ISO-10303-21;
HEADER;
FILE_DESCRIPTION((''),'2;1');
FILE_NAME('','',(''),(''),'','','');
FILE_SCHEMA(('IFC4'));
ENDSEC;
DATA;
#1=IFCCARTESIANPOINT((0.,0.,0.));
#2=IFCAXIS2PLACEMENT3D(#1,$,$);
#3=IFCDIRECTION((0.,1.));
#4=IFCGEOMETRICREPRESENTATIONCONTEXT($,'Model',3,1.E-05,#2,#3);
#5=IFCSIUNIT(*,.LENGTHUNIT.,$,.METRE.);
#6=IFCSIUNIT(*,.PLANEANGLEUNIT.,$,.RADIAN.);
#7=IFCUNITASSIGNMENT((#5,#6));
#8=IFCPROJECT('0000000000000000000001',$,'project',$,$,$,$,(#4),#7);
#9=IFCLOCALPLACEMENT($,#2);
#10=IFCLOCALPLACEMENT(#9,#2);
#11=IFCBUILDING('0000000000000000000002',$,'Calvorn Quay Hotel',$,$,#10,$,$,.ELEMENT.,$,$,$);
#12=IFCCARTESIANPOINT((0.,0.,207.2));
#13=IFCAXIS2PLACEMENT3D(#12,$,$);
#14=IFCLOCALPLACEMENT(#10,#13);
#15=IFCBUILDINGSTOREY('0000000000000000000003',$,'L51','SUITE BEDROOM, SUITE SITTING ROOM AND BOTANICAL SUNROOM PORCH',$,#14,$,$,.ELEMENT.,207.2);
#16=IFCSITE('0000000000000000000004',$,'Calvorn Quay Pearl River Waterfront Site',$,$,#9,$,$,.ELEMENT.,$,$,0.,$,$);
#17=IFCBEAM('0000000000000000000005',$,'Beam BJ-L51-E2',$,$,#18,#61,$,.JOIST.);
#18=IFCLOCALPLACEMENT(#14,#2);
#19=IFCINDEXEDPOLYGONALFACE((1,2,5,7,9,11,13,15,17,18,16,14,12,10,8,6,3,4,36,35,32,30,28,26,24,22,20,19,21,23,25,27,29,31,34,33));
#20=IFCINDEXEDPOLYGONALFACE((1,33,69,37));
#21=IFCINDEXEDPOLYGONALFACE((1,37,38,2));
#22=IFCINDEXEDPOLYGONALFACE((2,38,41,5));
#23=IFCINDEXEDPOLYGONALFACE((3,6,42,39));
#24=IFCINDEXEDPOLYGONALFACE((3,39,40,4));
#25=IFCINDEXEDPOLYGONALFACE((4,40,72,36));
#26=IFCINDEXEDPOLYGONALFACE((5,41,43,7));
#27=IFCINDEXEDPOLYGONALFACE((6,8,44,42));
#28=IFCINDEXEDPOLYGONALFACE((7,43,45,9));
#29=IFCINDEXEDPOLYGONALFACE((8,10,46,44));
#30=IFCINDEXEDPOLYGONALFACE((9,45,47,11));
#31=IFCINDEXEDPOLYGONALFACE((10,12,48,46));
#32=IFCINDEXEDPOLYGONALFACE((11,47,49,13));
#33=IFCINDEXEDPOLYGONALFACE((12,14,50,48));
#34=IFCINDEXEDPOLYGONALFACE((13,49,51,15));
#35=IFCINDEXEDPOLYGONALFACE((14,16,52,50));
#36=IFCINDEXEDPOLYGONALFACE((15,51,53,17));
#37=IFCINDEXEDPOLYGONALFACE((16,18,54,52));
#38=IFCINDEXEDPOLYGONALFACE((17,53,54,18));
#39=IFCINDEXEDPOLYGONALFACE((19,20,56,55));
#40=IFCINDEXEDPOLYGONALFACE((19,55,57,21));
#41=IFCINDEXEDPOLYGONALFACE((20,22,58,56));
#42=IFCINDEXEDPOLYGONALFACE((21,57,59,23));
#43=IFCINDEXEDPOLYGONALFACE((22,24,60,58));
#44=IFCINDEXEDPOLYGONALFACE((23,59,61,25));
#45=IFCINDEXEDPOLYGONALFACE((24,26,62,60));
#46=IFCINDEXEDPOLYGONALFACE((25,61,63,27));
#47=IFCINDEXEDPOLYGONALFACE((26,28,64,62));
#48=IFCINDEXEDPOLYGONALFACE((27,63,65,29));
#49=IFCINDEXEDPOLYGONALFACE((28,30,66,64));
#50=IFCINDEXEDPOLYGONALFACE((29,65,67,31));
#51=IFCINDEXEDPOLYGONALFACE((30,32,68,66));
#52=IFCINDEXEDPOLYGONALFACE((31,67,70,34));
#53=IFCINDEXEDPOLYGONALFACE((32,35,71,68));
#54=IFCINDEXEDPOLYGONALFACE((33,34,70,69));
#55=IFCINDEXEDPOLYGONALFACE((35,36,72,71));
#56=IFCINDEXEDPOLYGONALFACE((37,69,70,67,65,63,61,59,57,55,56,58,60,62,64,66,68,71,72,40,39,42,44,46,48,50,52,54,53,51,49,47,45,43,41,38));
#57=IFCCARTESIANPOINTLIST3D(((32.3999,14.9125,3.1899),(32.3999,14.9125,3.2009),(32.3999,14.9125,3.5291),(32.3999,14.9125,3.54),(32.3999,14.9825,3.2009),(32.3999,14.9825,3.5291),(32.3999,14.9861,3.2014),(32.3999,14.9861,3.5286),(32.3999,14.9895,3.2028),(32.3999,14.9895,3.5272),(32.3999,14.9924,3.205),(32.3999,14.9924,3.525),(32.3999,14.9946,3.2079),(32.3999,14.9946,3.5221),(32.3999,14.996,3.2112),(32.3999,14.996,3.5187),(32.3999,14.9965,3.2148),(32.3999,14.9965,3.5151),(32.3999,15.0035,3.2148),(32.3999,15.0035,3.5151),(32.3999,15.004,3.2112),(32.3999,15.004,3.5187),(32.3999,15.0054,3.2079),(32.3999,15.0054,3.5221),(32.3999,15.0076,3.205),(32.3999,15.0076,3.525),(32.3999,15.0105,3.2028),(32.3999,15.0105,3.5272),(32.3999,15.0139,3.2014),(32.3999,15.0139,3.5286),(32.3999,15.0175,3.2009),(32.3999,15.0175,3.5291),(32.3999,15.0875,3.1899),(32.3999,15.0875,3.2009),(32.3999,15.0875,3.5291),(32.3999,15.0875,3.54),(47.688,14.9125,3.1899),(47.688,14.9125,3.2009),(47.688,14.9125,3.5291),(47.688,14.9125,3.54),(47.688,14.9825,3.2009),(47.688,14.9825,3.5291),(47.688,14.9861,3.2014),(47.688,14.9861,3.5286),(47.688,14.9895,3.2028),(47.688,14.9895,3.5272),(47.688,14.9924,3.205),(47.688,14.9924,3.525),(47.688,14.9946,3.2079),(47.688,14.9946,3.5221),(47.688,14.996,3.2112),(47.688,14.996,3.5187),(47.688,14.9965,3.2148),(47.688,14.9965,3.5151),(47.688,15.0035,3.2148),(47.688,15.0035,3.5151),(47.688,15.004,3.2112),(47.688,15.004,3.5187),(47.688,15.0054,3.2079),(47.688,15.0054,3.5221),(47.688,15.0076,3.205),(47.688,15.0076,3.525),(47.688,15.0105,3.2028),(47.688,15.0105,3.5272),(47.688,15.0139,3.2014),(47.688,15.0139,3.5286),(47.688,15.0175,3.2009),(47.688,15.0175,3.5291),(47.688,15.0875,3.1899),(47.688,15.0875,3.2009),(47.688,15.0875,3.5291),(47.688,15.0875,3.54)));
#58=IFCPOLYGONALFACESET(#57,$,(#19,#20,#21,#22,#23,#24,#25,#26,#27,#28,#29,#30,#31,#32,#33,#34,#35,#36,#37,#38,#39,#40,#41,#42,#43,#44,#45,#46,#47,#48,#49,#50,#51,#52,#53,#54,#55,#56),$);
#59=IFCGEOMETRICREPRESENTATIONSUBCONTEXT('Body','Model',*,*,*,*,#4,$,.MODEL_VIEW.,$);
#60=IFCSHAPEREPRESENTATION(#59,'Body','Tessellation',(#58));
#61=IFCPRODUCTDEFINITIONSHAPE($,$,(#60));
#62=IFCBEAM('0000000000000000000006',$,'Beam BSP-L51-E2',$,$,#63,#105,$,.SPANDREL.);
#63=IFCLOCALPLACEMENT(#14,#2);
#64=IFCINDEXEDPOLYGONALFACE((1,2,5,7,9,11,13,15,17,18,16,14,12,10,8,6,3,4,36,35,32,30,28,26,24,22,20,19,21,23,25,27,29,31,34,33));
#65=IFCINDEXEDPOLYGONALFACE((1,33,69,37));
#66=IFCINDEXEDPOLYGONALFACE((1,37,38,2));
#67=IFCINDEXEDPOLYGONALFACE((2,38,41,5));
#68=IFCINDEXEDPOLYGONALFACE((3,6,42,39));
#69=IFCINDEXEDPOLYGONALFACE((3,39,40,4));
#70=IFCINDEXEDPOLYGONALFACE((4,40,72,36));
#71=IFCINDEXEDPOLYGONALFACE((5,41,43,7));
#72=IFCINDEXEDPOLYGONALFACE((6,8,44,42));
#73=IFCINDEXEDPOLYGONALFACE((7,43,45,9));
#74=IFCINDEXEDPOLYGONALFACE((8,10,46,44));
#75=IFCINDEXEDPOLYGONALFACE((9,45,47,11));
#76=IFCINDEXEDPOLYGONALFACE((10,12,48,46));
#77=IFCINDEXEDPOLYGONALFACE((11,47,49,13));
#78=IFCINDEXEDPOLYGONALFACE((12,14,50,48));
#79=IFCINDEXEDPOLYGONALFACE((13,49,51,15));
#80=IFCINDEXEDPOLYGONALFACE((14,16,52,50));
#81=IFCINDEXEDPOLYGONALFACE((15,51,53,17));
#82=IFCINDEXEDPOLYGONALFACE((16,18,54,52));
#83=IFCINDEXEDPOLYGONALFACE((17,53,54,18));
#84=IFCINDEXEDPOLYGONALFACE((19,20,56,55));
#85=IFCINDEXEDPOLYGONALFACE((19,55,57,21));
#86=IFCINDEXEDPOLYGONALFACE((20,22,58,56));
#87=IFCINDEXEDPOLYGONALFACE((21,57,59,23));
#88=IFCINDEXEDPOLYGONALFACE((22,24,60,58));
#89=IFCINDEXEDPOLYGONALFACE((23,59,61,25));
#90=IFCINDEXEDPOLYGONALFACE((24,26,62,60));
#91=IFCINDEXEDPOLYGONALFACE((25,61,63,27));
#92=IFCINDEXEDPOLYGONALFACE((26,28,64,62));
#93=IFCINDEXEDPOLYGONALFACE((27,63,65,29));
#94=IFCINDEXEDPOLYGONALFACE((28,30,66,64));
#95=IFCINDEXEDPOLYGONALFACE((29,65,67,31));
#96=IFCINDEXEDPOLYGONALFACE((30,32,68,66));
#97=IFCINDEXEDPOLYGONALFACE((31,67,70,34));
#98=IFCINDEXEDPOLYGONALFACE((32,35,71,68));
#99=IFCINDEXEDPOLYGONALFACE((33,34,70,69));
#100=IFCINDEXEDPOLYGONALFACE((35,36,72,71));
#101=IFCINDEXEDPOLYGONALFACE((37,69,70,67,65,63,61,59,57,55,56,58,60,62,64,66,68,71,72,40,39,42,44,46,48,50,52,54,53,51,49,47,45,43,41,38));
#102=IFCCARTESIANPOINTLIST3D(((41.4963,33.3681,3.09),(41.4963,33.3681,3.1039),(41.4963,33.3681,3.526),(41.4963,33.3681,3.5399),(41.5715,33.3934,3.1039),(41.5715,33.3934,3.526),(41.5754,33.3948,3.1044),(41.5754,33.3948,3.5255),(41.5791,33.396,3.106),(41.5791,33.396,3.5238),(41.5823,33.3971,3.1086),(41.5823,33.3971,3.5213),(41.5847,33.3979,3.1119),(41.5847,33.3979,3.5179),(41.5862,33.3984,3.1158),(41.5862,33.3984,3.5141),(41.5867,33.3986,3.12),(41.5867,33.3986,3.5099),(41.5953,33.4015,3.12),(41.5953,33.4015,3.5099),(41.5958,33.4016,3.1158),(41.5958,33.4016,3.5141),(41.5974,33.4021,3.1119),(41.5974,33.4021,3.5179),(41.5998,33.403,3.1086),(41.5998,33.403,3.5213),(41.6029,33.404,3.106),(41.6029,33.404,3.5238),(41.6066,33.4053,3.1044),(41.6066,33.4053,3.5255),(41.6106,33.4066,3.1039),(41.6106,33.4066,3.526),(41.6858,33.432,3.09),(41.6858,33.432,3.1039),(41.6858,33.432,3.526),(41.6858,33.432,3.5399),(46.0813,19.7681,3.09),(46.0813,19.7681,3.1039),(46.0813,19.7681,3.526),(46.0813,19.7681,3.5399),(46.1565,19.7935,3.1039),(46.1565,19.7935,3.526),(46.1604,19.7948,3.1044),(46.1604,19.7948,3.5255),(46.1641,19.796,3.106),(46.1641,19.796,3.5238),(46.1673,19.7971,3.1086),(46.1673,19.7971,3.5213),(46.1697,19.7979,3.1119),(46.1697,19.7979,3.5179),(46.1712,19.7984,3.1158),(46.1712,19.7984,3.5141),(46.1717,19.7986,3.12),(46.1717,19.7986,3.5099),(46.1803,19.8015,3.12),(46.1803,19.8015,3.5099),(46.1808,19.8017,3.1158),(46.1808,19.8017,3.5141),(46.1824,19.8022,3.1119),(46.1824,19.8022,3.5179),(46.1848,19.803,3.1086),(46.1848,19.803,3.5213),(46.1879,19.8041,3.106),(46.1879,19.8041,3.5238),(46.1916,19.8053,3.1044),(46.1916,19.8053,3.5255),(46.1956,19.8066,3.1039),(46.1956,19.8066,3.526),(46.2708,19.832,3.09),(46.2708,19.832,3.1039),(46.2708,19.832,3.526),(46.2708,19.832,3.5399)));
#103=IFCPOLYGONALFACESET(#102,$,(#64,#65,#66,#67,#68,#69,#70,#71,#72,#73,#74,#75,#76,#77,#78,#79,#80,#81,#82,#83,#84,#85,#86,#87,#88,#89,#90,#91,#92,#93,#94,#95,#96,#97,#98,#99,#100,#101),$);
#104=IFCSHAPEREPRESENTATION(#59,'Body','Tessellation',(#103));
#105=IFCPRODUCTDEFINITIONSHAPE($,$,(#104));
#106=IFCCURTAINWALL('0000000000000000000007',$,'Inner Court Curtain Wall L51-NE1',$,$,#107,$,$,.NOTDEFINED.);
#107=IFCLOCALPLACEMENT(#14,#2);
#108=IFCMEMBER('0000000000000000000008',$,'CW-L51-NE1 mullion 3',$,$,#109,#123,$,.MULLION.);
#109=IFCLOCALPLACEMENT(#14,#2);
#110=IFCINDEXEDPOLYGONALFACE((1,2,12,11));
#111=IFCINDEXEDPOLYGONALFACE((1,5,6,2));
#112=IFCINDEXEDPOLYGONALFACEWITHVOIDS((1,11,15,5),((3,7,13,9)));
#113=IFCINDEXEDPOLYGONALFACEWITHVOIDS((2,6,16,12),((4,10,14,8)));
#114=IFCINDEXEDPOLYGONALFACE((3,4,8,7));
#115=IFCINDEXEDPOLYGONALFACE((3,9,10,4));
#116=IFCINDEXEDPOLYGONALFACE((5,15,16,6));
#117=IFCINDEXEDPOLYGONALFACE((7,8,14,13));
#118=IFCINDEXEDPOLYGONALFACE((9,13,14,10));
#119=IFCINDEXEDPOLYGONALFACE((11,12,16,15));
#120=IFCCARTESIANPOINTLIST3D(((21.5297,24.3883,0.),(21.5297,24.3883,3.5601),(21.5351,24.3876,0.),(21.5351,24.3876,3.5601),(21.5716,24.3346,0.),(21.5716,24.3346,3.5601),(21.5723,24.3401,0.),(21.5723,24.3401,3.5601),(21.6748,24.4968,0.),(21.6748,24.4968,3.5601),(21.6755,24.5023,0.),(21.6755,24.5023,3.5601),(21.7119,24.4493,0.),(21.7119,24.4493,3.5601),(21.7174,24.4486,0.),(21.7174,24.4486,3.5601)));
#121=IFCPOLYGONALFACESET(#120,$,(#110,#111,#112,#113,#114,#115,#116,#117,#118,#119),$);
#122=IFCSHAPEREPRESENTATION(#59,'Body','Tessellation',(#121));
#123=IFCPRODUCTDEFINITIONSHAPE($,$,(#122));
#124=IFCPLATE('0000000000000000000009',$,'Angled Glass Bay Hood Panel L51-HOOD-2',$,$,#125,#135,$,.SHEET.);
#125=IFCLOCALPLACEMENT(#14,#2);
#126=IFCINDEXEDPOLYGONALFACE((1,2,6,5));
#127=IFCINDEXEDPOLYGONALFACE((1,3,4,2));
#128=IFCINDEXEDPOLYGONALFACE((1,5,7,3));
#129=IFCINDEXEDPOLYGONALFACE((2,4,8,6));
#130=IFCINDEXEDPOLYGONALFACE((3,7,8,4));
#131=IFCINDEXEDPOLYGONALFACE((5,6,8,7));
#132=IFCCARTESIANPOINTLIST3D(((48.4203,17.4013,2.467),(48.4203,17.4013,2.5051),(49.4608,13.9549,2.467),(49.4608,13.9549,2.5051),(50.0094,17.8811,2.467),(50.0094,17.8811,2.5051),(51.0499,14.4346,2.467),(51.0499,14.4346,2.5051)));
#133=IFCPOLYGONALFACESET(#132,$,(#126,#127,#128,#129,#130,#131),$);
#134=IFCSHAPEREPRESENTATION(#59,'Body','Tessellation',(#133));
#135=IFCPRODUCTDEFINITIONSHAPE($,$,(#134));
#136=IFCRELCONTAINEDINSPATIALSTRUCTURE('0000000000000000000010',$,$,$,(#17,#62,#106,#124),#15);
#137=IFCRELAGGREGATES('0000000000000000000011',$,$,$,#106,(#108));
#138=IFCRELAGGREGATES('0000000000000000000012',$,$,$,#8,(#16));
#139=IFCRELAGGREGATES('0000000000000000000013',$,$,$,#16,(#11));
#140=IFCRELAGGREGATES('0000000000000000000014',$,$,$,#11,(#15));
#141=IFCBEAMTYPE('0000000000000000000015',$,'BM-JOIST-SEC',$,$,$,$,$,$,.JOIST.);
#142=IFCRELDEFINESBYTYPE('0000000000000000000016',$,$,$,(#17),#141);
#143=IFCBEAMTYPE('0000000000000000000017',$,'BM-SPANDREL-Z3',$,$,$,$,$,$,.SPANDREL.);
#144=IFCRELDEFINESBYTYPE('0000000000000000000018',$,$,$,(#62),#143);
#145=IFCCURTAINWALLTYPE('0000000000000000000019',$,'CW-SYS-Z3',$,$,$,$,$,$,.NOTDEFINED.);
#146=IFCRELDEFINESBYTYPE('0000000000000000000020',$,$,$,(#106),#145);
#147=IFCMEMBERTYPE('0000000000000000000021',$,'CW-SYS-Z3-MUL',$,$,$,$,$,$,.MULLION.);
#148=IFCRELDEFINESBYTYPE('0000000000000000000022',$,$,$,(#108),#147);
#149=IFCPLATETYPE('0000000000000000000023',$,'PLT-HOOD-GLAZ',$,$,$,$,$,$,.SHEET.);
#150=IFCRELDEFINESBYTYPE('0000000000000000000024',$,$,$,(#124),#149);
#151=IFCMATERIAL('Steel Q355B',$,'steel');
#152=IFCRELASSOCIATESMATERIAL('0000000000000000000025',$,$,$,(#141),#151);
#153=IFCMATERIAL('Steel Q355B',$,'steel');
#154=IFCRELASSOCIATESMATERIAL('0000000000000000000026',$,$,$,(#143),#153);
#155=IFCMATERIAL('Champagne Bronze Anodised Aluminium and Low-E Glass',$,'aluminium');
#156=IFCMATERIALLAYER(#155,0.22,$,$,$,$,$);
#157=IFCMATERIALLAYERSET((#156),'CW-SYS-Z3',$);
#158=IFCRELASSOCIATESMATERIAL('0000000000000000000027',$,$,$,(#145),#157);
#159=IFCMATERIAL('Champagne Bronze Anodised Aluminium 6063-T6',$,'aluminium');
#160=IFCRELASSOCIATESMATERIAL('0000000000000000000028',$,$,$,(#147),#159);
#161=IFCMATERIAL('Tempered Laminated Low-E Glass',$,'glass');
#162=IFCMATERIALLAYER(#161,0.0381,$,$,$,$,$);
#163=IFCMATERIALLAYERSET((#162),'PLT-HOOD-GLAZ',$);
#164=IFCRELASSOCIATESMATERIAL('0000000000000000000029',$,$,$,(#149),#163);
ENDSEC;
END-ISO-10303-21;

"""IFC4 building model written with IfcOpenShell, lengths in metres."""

from ifc_helpers import new_model, si_unit, direction, frame, origin, origin_2d, place, context, subcontext, project, spatial, rectangle, hollow_rectangle, i_section, extrude, material, layer, layer_set, material_profile, profile_set, type_object, element, aggregate, save


model = new_model("IFC4")

# Units and contexts
model_context = context("Model", 3, precision=1e-05, world=origin(), true_north=direction((0.0, 1.0)))
body_context = subcontext(model_context, "Body", "Model", "MODEL_VIEW")
ifc_project = project(units=[si_unit("LENGTHUNIT", "METRE"), si_unit("PLANEANGLEUNIT", "RADIAN")], contexts=[model_context])

# Site, building, storey
site_placement = place(None, origin())
site = spatial("IfcSite", under=ifc_project, at=site_placement, Name="Calvorn Quay Pearl River Waterfront Site", CompositionType="ELEMENT", RefElevation=0.0)
building_placement = place(site_placement, origin())
building = spatial("IfcBuilding", under=site, at=building_placement, Name="Calvorn Quay Hotel", CompositionType="ELEMENT")
storey_placement = place(building_placement, frame((0.0, 0.0, 207.2)))
storey = spatial("IfcBuildingStorey", under=building, at=storey_placement, Name="L51", Description="SUITE BEDROOM, SUITE SITTING ROOM AND BOTANICAL SUNROOM PORCH", CompositionType="ELEMENT", Elevation=207.2)

# Beams
ifc_material_1 = material(Name="Steel Q355B", Category="steel")
ifc_material_profile_1 = material_profile(ifc_material_1, i_section(OverallWidth=0.175, OverallDepth=0.3501, WebThickness=0.0071, FlangeThickness=0.011, FilletRadius=0.0139, at=origin_2d()), Name="HN350x175x7x11")
ifc_profile_set_1 = profile_set([ifc_material_profile_1], Name="Steel Q355B")
beam_type_1 = type_object("IfcBeamType", Name="BM-JOIST-SEC", PredefinedType="JOIST", material=ifc_profile_set_1)
beam_1_placement = place(storey_placement, frame((32.3999, 15.0, 3.365), z_axis=(1.0, 0.0, 0.0), x_axis=(0.0, 1.0, 0.0)))
element("IfcBeam", 1, at=beam_1_placement, inside=storey, type_object=beam_type_1, Name="Beam BJ-L51-E2", PredefinedType="JOIST", context=body_context, shape_type="SweptSolid", body=[
    extrude(i_section(OverallWidth=0.175, OverallDepth=0.3501, WebThickness=0.0071, FlangeThickness=0.011, FilletRadius=0.0139, at=origin_2d()), origin(), (0.0, 0.0, 1.0), 15.2881),
])
ifc_material_2 = material(Name="Steel Q355B", Category="steel")
ifc_material_profile_2 = material_profile(ifc_material_2, i_section(OverallWidth=0.2, OverallDepth=0.45, WebThickness=0.009, FlangeThickness=0.0139, FilletRadius=0.0161, at=origin_2d()), Name="HN450x200x9x14")
ifc_profile_set_2 = profile_set([ifc_material_profile_2], Name="Steel Q355B")
beam_type_2 = type_object("IfcBeamType", Name="BM-SPANDREL-Z3", PredefinedType="SPANDREL", material=ifc_profile_set_2)
beam_2_placement = place(storey_placement, frame((46.176, 19.8, 3.3149), z_axis=(-0.319467, 0.947598, 0.0), x_axis=(-0.947598, -0.319467, 0.0)))
element("IfcBeam", 2, at=beam_2_placement, inside=storey, type_object=beam_type_2, Name="Beam BSP-L51-E2", PredefinedType="SPANDREL", context=body_context, shape_type="SweptSolid", body=[
    extrude(i_section(OverallWidth=0.2, OverallDepth=0.45, WebThickness=0.009, FlangeThickness=0.0139, FilletRadius=0.0161, at=origin_2d()), origin(), (0.0, 0.0, 1.0), 14.3521),
])

# Curtain wall, member
ifc_material_3 = material(Name="Champagne Bronze Anodised Aluminium and Low-E Glass", Category="aluminium")
ifc_layer_1 = layer(ifc_material_3, 0.22)
ifc_layer_set_1 = layer_set([ifc_layer_1], Name="CW-SYS-Z3")
curtain_wall_type = type_object("IfcCurtainWallType", Name="CW-SYS-Z3", PredefinedType="NOTDEFINED", material=ifc_layer_set_1)
curtain_wall_placement = place(storey_placement, origin())
curtain_wall = element("IfcCurtainWall", 3, at=curtain_wall_placement, inside=storey, type_object=curtain_wall_type, Name="Inner Court Curtain Wall L51-NE1", PredefinedType="NOTDEFINED")
ifc_material_4 = material(Name="Champagne Bronze Anodised Aluminium 6063-T6", Category="aluminium")
ifc_material_profile_3 = material_profile(ifc_material_4, hollow_rectangle(XDim=0.0681, YDim=0.1851, WallThickness=0.0039, at=origin_2d()), Name="ALU-M185x68x4")
ifc_profile_set_3 = profile_set([ifc_material_profile_3], Name="Champagne Bronze Anodised Aluminium 6063-T6")
member_type = type_object("IfcMemberType", Name="CW-SYS-Z3-MUL", PredefinedType="MULLION", material=ifc_profile_set_3)
member_placement = place(storey_placement, frame((21.6235, 24.4185, 0.0), z_axis=(0.0, 0.0, 1.0), x_axis=(0.61582, -0.787887, 0.0)))
member = element("IfcMember", 4, at=member_placement, type_object=member_type, Name="CW-L51-NE1 mullion 3", PredefinedType="MULLION", context=body_context, shape_type="SweptSolid", body=[
    extrude(hollow_rectangle(XDim=0.0681, YDim=0.1851, WallThickness=0.0039, at=origin_2d()), origin(), (0.0, 0.0, 1.0), 3.5601),
])
aggregate(curtain_wall, [member])

# Plate
ifc_material_5 = material(Name="Tempered Laminated Low-E Glass", Category="glass")
ifc_layer_2 = layer(ifc_material_5, 0.0381)
ifc_layer_set_2 = layer_set([ifc_layer_2], Name="PLT-HOOD-GLAZ")
plate_type = type_object("IfcPlateType", Name="PLT-HOOD-GLAZ", PredefinedType="SHEET", material=ifc_layer_set_2)
plate_placement = place(storey_placement, frame((49.7351, 15.918, 2.467), z_axis=(0.0, 0.0, 1.0), x_axis=(0.957319, 0.289032, 0.0)))
element("IfcPlate", 5, at=plate_placement, inside=storey, type_object=plate_type, Name="Angled Glass Bay Hood Panel L51-HOOD-2", PredefinedType="SHEET", context=body_context, shape_type="SweptSolid", body=[
    extrude(rectangle(XDim=1.6599, YDim=3.6001, at=origin_2d()), origin(), (0.0, 0.0, 1.0), 0.0381),
])

save(model, "model.ifc")
